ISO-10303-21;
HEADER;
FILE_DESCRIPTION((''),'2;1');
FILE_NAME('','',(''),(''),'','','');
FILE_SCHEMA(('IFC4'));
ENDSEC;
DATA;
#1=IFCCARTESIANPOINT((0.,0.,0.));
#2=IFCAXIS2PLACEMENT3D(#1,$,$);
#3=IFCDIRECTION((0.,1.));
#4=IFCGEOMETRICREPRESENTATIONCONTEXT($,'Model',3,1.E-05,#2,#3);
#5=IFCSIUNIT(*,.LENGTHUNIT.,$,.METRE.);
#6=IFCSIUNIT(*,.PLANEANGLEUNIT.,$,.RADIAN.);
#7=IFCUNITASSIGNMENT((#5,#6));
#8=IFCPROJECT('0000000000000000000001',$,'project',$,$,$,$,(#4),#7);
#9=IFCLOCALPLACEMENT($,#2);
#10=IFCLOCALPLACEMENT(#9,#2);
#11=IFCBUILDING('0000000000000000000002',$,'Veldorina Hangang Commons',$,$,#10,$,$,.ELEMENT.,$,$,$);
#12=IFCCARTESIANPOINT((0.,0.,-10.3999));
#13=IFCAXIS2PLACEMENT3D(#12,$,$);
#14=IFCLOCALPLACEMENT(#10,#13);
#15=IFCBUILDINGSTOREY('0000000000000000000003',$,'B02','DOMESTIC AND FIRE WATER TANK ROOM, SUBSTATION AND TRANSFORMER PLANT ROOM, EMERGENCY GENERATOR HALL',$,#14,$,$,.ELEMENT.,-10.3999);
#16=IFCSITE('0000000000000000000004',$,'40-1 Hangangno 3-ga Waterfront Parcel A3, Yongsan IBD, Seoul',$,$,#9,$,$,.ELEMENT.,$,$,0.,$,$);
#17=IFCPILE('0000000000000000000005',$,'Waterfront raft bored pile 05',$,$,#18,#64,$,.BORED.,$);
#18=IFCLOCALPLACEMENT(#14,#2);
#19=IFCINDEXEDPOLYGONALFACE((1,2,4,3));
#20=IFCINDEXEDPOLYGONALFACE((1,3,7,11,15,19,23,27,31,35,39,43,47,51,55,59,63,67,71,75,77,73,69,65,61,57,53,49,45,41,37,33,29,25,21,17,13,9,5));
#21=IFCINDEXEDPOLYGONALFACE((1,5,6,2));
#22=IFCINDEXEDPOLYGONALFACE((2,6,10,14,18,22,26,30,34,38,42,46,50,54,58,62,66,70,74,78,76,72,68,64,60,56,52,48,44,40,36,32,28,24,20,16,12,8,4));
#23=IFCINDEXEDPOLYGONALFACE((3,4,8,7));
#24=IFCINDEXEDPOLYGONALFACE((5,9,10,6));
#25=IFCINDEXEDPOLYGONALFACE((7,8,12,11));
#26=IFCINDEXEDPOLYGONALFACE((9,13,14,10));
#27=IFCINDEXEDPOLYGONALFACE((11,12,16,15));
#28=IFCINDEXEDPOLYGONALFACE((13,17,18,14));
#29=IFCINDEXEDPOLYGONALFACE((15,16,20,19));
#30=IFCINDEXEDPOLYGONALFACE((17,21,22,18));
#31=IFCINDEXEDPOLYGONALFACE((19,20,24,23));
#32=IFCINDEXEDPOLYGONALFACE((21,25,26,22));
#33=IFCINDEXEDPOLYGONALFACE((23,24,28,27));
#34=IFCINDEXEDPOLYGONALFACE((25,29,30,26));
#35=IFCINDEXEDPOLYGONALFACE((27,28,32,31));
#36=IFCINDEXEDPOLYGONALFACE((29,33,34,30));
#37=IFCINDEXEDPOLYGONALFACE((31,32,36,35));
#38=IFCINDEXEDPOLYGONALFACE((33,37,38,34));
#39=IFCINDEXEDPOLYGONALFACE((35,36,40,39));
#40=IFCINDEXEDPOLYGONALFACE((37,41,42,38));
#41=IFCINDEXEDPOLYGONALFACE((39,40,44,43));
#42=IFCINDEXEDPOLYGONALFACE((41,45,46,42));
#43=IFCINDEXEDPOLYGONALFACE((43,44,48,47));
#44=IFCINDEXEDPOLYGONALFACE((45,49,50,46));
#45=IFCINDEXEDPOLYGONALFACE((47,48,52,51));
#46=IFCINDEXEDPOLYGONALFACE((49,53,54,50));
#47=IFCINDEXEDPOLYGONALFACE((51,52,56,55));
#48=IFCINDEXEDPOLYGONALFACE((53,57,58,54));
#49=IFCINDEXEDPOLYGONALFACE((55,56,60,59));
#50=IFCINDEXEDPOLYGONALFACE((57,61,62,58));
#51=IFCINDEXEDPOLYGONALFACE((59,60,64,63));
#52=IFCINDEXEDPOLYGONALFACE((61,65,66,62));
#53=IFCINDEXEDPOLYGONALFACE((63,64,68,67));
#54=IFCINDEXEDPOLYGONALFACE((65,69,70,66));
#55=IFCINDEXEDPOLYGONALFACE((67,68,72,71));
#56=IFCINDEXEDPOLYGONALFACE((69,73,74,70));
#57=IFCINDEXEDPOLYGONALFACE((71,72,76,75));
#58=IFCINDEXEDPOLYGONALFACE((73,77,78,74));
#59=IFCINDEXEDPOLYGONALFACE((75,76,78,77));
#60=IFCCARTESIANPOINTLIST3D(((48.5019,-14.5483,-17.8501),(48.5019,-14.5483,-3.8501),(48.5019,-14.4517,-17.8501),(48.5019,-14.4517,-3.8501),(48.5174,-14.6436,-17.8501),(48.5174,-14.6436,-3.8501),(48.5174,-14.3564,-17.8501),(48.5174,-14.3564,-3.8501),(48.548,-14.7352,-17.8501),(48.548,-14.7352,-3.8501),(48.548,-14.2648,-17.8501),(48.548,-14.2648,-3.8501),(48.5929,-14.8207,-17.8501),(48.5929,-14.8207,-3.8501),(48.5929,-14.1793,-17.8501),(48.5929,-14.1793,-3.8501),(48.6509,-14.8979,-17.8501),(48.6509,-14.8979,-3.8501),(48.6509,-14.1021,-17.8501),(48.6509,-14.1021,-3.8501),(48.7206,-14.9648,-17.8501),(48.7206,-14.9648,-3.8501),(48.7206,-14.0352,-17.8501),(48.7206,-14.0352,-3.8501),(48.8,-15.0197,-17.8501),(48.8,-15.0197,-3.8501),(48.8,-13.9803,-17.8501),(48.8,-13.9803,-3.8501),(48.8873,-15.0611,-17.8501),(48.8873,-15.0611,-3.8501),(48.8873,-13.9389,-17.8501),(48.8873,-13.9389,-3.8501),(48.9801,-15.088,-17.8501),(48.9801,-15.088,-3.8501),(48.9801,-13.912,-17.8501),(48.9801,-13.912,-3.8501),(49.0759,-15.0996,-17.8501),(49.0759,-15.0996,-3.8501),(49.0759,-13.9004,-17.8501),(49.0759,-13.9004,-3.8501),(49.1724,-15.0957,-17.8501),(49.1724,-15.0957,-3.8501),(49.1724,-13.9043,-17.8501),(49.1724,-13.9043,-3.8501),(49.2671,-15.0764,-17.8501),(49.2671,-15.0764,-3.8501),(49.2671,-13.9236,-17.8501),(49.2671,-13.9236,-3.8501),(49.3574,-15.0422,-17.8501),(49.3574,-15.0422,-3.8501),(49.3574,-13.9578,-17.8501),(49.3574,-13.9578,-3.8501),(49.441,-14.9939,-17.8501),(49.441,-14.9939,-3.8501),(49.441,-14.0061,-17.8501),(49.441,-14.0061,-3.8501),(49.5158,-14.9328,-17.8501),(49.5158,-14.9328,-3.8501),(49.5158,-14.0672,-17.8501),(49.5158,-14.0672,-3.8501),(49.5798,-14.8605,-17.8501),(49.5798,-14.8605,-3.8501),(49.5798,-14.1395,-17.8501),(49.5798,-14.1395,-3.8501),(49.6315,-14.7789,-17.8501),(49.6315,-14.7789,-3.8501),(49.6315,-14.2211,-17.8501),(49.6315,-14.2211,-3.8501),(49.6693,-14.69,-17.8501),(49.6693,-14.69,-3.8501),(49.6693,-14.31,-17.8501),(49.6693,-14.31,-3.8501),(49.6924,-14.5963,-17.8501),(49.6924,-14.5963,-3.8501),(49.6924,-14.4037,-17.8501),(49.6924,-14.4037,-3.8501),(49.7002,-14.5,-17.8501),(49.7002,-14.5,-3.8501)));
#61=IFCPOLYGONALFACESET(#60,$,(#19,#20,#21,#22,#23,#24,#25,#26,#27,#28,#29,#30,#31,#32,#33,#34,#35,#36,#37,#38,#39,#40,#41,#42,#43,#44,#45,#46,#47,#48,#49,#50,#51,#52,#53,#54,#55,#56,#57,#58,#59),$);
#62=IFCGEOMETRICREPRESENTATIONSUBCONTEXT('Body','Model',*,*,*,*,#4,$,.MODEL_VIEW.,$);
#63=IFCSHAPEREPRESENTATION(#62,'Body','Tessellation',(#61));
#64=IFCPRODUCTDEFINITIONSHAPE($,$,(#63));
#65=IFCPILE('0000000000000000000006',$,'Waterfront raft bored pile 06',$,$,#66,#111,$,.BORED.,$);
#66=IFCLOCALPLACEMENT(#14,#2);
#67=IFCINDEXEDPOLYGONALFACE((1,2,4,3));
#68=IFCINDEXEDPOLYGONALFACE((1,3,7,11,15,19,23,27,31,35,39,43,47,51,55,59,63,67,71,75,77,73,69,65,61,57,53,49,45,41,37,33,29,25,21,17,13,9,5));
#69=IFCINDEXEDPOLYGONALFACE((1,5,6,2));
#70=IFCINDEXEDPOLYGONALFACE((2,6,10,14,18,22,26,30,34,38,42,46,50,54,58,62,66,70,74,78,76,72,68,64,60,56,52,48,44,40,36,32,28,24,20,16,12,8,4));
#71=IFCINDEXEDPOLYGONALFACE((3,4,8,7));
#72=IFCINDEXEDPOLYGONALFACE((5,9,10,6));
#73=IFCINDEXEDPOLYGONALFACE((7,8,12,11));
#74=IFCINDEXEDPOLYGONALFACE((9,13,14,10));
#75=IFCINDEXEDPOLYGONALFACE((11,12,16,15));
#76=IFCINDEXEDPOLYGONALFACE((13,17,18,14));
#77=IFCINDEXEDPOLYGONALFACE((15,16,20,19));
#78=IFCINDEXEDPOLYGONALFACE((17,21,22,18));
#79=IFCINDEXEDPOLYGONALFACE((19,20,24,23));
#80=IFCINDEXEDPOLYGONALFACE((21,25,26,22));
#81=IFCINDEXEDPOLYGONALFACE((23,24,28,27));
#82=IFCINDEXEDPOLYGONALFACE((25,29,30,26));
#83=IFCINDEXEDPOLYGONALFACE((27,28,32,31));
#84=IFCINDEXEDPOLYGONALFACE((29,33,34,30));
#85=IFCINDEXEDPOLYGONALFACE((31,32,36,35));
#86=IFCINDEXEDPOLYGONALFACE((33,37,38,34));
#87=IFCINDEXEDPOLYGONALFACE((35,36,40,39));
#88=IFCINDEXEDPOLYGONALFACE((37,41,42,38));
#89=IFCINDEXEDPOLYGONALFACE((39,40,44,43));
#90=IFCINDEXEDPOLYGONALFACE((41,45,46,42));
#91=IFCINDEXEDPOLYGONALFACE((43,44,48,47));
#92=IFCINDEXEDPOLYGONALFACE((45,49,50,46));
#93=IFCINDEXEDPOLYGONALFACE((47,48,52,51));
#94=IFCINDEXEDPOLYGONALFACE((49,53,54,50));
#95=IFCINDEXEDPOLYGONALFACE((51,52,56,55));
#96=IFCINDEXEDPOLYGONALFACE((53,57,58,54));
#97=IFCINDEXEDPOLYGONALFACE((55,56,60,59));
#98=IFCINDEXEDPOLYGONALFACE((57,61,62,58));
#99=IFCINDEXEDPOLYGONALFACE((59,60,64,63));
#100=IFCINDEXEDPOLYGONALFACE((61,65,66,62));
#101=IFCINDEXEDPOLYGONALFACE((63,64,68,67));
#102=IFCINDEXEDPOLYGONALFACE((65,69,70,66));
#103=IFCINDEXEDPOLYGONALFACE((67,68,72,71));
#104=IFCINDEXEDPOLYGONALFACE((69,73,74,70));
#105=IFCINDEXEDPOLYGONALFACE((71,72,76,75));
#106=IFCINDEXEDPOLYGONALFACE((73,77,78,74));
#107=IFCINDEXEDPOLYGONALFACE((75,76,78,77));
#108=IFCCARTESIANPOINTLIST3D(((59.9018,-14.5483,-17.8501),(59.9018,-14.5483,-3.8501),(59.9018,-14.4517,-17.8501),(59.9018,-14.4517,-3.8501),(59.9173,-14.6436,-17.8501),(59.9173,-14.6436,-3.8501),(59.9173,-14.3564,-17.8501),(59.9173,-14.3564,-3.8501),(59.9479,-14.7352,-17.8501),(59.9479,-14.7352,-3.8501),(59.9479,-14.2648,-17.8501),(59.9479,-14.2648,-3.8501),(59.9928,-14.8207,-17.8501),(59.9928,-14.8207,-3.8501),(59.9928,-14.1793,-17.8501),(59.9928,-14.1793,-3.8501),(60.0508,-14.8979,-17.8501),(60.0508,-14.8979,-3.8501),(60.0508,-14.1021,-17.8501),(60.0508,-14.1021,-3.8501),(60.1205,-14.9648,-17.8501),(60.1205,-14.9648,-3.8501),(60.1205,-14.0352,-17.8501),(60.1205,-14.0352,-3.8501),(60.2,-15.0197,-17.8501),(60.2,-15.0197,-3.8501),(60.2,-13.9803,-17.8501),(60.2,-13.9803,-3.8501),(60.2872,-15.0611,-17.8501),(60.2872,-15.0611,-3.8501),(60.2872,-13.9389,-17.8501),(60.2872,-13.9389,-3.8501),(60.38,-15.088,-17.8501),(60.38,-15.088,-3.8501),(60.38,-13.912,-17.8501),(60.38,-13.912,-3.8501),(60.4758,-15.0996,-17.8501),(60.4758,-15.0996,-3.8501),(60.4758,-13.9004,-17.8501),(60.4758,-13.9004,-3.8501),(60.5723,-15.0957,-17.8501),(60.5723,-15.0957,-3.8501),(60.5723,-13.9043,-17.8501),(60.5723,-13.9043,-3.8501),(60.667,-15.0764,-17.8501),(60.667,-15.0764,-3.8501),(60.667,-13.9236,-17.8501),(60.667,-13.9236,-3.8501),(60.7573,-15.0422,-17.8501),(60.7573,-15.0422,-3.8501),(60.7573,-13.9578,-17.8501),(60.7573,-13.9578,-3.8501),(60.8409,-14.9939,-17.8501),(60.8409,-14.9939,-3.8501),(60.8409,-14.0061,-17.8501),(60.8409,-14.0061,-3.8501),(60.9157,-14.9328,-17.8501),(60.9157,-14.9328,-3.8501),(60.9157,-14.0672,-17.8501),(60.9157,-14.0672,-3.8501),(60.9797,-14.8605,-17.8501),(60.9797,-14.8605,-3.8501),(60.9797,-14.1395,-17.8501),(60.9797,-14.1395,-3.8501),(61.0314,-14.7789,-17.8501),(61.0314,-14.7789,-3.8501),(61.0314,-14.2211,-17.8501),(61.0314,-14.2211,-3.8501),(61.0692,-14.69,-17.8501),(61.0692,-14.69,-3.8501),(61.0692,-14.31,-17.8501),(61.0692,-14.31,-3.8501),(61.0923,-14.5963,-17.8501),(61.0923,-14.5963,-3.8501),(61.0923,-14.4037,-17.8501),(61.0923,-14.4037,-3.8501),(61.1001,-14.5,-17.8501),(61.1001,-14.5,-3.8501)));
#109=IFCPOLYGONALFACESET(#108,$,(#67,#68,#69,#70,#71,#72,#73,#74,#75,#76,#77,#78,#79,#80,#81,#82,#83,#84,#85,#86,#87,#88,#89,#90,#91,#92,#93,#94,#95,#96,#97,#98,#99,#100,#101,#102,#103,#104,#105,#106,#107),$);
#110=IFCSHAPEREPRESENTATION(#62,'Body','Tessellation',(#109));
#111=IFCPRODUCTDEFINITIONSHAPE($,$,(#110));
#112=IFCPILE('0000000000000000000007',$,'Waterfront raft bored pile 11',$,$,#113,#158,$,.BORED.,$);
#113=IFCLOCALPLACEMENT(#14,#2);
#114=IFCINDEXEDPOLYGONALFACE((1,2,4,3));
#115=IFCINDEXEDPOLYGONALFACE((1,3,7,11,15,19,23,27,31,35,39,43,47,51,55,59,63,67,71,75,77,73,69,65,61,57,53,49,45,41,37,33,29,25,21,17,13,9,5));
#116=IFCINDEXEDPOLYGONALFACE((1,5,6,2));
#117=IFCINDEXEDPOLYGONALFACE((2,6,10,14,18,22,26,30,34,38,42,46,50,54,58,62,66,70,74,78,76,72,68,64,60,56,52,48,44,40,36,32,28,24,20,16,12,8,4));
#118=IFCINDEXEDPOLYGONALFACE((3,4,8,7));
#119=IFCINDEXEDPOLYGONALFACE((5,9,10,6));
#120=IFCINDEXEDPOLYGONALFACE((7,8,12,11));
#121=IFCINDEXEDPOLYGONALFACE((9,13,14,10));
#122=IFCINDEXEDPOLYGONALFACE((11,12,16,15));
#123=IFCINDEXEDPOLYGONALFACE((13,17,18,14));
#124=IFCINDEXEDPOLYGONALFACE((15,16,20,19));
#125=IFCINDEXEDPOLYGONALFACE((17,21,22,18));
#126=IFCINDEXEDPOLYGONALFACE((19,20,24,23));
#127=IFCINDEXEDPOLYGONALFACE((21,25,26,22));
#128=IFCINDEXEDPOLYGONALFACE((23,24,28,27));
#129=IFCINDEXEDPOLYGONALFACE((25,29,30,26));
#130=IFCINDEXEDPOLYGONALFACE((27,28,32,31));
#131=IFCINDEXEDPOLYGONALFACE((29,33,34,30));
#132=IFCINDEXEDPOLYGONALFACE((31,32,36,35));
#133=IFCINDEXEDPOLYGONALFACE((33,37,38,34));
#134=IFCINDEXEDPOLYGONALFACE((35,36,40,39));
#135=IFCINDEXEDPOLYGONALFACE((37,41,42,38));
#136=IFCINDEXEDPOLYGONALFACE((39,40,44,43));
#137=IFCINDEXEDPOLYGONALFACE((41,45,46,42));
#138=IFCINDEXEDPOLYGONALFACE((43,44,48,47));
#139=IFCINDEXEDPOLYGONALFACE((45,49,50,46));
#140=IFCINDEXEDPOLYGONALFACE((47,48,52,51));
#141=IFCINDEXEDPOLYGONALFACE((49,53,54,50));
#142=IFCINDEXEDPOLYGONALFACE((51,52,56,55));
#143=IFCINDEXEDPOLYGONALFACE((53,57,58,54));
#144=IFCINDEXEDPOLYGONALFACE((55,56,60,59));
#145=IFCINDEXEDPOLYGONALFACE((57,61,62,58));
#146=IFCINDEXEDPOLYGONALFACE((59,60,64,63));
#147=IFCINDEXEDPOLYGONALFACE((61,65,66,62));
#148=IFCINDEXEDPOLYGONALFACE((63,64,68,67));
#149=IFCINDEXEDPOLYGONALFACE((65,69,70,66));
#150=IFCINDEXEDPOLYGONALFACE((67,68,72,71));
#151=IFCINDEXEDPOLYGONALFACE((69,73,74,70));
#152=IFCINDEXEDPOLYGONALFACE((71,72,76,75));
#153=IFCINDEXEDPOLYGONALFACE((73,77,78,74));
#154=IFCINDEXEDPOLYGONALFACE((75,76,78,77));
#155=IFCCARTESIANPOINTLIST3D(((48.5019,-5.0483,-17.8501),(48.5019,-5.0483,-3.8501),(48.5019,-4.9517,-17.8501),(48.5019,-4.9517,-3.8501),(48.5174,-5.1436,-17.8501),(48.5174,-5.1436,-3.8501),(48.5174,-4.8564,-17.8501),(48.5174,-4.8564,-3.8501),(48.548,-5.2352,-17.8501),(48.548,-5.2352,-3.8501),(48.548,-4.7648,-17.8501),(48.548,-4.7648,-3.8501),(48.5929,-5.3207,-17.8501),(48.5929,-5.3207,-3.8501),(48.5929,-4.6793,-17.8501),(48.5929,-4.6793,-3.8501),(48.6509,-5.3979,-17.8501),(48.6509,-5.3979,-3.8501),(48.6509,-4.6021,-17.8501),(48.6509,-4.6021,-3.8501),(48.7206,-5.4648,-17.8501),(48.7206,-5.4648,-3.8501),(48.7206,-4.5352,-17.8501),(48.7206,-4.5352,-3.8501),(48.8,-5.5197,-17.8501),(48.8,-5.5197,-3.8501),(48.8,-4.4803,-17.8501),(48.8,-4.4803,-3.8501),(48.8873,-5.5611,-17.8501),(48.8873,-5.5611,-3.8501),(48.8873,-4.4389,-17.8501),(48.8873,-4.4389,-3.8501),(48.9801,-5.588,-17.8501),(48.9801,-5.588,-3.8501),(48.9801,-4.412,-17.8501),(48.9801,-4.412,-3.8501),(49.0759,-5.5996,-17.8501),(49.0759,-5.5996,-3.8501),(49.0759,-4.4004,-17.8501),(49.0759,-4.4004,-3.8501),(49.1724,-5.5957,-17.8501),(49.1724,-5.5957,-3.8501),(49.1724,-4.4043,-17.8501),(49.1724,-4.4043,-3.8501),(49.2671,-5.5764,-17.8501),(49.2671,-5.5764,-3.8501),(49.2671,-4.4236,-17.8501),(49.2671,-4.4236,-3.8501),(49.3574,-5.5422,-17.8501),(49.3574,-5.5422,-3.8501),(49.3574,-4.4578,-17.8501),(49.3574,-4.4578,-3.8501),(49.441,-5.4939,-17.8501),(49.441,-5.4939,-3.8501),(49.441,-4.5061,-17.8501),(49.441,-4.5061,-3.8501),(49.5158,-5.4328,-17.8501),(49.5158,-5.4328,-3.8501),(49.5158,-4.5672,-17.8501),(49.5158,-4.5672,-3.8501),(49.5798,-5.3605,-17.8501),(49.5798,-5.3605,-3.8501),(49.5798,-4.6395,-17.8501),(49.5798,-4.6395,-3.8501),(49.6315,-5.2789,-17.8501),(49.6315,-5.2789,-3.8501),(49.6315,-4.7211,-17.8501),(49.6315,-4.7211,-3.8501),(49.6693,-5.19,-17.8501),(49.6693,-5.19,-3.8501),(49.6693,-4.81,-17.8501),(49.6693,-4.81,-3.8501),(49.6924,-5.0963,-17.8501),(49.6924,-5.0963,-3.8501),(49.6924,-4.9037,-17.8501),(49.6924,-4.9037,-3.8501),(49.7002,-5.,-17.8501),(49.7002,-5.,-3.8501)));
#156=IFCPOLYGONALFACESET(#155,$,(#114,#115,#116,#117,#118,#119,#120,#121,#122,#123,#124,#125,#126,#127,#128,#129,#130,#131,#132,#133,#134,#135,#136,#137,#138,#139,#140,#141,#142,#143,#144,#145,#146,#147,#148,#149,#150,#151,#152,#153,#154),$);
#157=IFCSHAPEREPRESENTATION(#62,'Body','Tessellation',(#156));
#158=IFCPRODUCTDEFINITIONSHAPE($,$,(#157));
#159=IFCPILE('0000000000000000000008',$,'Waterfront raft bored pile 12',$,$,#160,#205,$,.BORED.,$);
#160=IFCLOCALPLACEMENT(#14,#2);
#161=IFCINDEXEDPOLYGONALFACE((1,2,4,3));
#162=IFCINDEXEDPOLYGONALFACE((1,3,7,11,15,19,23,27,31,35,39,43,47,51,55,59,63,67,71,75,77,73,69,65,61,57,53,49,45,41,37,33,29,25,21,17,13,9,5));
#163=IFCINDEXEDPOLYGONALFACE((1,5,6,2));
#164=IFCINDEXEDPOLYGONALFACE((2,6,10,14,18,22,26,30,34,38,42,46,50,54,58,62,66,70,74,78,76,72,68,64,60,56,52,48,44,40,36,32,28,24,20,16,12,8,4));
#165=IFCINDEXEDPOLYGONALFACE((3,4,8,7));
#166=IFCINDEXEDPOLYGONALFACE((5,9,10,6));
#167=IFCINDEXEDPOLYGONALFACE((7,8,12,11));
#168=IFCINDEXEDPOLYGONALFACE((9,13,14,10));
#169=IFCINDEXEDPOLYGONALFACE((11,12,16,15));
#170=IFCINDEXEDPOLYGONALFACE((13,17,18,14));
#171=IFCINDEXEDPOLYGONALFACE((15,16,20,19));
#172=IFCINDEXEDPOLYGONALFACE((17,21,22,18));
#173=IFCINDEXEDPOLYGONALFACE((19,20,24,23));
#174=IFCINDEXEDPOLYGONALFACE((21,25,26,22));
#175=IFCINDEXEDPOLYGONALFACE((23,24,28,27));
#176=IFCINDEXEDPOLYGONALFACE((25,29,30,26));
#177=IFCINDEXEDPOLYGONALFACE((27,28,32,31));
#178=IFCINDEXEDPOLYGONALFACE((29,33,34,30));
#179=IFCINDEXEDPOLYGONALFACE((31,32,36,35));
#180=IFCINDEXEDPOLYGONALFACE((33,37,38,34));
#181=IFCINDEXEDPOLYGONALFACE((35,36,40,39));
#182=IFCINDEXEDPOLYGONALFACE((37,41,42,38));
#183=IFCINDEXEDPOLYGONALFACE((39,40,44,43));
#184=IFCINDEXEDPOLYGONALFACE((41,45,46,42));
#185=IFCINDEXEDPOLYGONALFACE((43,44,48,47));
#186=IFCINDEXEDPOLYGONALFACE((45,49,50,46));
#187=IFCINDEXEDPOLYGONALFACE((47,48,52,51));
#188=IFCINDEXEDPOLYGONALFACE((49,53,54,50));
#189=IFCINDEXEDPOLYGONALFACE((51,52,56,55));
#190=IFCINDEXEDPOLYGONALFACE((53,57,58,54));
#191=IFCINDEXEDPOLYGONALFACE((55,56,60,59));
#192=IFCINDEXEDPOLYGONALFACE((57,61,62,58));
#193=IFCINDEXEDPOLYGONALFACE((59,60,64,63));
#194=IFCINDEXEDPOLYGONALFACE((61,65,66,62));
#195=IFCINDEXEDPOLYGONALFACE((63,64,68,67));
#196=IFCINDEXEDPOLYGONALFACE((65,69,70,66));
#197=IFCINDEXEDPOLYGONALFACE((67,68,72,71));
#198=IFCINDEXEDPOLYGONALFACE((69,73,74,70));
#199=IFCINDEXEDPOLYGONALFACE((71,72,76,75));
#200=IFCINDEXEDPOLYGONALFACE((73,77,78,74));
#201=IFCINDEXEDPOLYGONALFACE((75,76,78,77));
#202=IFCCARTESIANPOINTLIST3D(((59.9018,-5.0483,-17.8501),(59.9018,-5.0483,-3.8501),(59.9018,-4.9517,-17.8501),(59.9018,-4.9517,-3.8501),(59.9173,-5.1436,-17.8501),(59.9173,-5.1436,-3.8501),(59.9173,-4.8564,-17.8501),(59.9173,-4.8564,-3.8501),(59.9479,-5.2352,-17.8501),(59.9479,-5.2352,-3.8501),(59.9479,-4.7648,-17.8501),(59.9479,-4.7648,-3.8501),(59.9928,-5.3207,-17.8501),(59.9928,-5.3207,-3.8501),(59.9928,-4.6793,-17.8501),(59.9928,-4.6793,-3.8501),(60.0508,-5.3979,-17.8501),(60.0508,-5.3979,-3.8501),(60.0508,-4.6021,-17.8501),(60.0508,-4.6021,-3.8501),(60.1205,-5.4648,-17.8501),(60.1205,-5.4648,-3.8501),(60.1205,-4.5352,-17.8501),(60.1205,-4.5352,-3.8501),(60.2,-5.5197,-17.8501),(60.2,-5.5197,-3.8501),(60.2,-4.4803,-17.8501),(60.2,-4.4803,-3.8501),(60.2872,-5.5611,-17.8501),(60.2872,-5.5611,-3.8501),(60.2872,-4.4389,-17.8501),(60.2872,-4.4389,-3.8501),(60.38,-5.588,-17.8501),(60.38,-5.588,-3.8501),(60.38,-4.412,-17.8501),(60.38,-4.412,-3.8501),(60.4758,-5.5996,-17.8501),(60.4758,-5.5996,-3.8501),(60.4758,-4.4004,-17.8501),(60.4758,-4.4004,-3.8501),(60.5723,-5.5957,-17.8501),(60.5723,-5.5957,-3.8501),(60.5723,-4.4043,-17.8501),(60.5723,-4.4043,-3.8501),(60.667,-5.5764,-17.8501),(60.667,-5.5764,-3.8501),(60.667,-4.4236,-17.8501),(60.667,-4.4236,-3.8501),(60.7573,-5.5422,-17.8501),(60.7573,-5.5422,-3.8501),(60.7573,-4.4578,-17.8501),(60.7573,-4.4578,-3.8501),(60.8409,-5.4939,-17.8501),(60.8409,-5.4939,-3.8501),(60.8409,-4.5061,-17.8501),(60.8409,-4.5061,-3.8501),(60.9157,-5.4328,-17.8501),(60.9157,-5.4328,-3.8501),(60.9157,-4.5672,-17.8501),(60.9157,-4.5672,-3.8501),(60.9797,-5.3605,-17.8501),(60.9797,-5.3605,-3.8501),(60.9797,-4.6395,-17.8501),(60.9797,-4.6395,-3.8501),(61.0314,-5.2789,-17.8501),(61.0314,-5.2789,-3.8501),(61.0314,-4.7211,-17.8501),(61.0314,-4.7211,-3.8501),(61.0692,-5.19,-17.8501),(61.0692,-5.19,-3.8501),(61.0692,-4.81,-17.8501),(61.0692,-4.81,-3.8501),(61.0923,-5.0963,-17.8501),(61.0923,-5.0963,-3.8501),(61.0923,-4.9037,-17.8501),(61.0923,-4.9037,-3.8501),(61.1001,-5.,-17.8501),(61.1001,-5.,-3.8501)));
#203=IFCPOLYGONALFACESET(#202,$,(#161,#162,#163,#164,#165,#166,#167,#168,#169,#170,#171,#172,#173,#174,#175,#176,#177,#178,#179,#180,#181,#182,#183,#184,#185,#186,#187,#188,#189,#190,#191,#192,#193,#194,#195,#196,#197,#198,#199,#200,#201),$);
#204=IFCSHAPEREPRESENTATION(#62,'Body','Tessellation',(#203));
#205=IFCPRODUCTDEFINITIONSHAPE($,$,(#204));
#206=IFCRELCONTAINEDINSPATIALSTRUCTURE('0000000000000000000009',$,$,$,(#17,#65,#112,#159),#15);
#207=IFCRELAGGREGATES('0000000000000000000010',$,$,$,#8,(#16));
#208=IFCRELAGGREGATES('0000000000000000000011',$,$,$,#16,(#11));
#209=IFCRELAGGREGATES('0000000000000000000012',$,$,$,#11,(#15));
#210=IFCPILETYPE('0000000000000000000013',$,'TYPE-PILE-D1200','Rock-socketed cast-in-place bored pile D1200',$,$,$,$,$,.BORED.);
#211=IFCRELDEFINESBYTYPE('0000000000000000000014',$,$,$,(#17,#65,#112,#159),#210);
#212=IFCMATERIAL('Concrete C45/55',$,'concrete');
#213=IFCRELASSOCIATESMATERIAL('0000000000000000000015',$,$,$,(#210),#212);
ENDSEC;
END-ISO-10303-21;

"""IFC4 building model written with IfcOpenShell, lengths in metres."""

from ifc_helpers import new_model, si_unit, direction, frame, origin, origin_2d, place, context, subcontext, project, spatial, circle, extrude, material, material_profile, profile_set, type_object, element, save


model = new_model("IFC4")

# Units and contexts
model_context = context("Model", 3, precision=1e-05, world=origin(), true_north=direction((0.0, 1.0)))
body_context = subcontext(model_context, "Body", "Model", "MODEL_VIEW")
ifc_project = project(units=[si_unit("LENGTHUNIT", "METRE"), si_unit("PLANEANGLEUNIT", "RADIAN")], contexts=[model_context])

# Site, building, storey
site_placement = place(None, origin())
site = spatial("IfcSite", under=ifc_project, at=site_placement, Name="40-1 Hangangno 3-ga Waterfront Parcel A3, Yongsan IBD, Seoul", CompositionType="ELEMENT", RefElevation=0.0)
building_placement = place(site_placement, origin())
building = spatial("IfcBuilding", under=site, at=building_placement, Name="Veldorina Hangang Commons", CompositionType="ELEMENT")
storey_placement = place(building_placement, frame((0.0, 0.0, -10.3999)))
storey = spatial("IfcBuildingStorey", under=building, at=storey_placement, Name="B02", Description="DOMESTIC AND FIRE WATER TANK ROOM, SUBSTATION AND TRANSFORMER PLANT ROOM, EMERGENCY GENERATOR HALL", CompositionType="ELEMENT", Elevation=-10.3999)

# Piles
ifc_material_1 = material(Name="Concrete C45/55", Category="concrete")
ifc_material_profile_1 = material_profile(ifc_material_1, circle(Radius=0.6001, at=origin_2d()), Name="PILE-D1200")
ifc_profile_set_1 = profile_set([ifc_material_profile_1], Name="Concrete C45/55")
pile_type_1 = type_object("IfcPileType", Name="TYPE-PILE-D1200", Description="Rock-socketed cast-in-place bored pile D1200", PredefinedType="BORED", material=ifc_profile_set_1)
for number, where, z_axis, x_axis, name in (
    (1, (49.1001, -14.5, -3.8501), (0.0, 0.0, -1.0), (1.0, 0.0, 0.0), "Waterfront raft bored pile 05"),
    (2, (60.5, -14.5, -3.8501), (0.0, 0.0, -1.0), (1.0, 0.0, 0.0), "Waterfront raft bored pile 06"),
    (3, (49.1001, -5.0, -3.8501), (0.0, 0.0, -1.0), (1.0, 0.0, 0.0), "Waterfront raft bored pile 11"),
    (4, (60.5, -5.0, -3.8501), (0.0, 0.0, -1.0), (1.0, 0.0, 0.0), "Waterfront raft bored pile 12"),
):
    element("IfcPile", number, at=place(storey_placement, frame(where, z_axis=z_axis, x_axis=x_axis)), inside=storey, type_object=pile_type_1, Name=name, PredefinedType="BORED", context=body_context, shape_type="SweptSolid", body=[
        extrude(circle(Radius=0.6001, at=origin_2d()), origin(), (0.0, 0.0, 1.0), 14.0),
    ])

save(model, "model.ifc")
